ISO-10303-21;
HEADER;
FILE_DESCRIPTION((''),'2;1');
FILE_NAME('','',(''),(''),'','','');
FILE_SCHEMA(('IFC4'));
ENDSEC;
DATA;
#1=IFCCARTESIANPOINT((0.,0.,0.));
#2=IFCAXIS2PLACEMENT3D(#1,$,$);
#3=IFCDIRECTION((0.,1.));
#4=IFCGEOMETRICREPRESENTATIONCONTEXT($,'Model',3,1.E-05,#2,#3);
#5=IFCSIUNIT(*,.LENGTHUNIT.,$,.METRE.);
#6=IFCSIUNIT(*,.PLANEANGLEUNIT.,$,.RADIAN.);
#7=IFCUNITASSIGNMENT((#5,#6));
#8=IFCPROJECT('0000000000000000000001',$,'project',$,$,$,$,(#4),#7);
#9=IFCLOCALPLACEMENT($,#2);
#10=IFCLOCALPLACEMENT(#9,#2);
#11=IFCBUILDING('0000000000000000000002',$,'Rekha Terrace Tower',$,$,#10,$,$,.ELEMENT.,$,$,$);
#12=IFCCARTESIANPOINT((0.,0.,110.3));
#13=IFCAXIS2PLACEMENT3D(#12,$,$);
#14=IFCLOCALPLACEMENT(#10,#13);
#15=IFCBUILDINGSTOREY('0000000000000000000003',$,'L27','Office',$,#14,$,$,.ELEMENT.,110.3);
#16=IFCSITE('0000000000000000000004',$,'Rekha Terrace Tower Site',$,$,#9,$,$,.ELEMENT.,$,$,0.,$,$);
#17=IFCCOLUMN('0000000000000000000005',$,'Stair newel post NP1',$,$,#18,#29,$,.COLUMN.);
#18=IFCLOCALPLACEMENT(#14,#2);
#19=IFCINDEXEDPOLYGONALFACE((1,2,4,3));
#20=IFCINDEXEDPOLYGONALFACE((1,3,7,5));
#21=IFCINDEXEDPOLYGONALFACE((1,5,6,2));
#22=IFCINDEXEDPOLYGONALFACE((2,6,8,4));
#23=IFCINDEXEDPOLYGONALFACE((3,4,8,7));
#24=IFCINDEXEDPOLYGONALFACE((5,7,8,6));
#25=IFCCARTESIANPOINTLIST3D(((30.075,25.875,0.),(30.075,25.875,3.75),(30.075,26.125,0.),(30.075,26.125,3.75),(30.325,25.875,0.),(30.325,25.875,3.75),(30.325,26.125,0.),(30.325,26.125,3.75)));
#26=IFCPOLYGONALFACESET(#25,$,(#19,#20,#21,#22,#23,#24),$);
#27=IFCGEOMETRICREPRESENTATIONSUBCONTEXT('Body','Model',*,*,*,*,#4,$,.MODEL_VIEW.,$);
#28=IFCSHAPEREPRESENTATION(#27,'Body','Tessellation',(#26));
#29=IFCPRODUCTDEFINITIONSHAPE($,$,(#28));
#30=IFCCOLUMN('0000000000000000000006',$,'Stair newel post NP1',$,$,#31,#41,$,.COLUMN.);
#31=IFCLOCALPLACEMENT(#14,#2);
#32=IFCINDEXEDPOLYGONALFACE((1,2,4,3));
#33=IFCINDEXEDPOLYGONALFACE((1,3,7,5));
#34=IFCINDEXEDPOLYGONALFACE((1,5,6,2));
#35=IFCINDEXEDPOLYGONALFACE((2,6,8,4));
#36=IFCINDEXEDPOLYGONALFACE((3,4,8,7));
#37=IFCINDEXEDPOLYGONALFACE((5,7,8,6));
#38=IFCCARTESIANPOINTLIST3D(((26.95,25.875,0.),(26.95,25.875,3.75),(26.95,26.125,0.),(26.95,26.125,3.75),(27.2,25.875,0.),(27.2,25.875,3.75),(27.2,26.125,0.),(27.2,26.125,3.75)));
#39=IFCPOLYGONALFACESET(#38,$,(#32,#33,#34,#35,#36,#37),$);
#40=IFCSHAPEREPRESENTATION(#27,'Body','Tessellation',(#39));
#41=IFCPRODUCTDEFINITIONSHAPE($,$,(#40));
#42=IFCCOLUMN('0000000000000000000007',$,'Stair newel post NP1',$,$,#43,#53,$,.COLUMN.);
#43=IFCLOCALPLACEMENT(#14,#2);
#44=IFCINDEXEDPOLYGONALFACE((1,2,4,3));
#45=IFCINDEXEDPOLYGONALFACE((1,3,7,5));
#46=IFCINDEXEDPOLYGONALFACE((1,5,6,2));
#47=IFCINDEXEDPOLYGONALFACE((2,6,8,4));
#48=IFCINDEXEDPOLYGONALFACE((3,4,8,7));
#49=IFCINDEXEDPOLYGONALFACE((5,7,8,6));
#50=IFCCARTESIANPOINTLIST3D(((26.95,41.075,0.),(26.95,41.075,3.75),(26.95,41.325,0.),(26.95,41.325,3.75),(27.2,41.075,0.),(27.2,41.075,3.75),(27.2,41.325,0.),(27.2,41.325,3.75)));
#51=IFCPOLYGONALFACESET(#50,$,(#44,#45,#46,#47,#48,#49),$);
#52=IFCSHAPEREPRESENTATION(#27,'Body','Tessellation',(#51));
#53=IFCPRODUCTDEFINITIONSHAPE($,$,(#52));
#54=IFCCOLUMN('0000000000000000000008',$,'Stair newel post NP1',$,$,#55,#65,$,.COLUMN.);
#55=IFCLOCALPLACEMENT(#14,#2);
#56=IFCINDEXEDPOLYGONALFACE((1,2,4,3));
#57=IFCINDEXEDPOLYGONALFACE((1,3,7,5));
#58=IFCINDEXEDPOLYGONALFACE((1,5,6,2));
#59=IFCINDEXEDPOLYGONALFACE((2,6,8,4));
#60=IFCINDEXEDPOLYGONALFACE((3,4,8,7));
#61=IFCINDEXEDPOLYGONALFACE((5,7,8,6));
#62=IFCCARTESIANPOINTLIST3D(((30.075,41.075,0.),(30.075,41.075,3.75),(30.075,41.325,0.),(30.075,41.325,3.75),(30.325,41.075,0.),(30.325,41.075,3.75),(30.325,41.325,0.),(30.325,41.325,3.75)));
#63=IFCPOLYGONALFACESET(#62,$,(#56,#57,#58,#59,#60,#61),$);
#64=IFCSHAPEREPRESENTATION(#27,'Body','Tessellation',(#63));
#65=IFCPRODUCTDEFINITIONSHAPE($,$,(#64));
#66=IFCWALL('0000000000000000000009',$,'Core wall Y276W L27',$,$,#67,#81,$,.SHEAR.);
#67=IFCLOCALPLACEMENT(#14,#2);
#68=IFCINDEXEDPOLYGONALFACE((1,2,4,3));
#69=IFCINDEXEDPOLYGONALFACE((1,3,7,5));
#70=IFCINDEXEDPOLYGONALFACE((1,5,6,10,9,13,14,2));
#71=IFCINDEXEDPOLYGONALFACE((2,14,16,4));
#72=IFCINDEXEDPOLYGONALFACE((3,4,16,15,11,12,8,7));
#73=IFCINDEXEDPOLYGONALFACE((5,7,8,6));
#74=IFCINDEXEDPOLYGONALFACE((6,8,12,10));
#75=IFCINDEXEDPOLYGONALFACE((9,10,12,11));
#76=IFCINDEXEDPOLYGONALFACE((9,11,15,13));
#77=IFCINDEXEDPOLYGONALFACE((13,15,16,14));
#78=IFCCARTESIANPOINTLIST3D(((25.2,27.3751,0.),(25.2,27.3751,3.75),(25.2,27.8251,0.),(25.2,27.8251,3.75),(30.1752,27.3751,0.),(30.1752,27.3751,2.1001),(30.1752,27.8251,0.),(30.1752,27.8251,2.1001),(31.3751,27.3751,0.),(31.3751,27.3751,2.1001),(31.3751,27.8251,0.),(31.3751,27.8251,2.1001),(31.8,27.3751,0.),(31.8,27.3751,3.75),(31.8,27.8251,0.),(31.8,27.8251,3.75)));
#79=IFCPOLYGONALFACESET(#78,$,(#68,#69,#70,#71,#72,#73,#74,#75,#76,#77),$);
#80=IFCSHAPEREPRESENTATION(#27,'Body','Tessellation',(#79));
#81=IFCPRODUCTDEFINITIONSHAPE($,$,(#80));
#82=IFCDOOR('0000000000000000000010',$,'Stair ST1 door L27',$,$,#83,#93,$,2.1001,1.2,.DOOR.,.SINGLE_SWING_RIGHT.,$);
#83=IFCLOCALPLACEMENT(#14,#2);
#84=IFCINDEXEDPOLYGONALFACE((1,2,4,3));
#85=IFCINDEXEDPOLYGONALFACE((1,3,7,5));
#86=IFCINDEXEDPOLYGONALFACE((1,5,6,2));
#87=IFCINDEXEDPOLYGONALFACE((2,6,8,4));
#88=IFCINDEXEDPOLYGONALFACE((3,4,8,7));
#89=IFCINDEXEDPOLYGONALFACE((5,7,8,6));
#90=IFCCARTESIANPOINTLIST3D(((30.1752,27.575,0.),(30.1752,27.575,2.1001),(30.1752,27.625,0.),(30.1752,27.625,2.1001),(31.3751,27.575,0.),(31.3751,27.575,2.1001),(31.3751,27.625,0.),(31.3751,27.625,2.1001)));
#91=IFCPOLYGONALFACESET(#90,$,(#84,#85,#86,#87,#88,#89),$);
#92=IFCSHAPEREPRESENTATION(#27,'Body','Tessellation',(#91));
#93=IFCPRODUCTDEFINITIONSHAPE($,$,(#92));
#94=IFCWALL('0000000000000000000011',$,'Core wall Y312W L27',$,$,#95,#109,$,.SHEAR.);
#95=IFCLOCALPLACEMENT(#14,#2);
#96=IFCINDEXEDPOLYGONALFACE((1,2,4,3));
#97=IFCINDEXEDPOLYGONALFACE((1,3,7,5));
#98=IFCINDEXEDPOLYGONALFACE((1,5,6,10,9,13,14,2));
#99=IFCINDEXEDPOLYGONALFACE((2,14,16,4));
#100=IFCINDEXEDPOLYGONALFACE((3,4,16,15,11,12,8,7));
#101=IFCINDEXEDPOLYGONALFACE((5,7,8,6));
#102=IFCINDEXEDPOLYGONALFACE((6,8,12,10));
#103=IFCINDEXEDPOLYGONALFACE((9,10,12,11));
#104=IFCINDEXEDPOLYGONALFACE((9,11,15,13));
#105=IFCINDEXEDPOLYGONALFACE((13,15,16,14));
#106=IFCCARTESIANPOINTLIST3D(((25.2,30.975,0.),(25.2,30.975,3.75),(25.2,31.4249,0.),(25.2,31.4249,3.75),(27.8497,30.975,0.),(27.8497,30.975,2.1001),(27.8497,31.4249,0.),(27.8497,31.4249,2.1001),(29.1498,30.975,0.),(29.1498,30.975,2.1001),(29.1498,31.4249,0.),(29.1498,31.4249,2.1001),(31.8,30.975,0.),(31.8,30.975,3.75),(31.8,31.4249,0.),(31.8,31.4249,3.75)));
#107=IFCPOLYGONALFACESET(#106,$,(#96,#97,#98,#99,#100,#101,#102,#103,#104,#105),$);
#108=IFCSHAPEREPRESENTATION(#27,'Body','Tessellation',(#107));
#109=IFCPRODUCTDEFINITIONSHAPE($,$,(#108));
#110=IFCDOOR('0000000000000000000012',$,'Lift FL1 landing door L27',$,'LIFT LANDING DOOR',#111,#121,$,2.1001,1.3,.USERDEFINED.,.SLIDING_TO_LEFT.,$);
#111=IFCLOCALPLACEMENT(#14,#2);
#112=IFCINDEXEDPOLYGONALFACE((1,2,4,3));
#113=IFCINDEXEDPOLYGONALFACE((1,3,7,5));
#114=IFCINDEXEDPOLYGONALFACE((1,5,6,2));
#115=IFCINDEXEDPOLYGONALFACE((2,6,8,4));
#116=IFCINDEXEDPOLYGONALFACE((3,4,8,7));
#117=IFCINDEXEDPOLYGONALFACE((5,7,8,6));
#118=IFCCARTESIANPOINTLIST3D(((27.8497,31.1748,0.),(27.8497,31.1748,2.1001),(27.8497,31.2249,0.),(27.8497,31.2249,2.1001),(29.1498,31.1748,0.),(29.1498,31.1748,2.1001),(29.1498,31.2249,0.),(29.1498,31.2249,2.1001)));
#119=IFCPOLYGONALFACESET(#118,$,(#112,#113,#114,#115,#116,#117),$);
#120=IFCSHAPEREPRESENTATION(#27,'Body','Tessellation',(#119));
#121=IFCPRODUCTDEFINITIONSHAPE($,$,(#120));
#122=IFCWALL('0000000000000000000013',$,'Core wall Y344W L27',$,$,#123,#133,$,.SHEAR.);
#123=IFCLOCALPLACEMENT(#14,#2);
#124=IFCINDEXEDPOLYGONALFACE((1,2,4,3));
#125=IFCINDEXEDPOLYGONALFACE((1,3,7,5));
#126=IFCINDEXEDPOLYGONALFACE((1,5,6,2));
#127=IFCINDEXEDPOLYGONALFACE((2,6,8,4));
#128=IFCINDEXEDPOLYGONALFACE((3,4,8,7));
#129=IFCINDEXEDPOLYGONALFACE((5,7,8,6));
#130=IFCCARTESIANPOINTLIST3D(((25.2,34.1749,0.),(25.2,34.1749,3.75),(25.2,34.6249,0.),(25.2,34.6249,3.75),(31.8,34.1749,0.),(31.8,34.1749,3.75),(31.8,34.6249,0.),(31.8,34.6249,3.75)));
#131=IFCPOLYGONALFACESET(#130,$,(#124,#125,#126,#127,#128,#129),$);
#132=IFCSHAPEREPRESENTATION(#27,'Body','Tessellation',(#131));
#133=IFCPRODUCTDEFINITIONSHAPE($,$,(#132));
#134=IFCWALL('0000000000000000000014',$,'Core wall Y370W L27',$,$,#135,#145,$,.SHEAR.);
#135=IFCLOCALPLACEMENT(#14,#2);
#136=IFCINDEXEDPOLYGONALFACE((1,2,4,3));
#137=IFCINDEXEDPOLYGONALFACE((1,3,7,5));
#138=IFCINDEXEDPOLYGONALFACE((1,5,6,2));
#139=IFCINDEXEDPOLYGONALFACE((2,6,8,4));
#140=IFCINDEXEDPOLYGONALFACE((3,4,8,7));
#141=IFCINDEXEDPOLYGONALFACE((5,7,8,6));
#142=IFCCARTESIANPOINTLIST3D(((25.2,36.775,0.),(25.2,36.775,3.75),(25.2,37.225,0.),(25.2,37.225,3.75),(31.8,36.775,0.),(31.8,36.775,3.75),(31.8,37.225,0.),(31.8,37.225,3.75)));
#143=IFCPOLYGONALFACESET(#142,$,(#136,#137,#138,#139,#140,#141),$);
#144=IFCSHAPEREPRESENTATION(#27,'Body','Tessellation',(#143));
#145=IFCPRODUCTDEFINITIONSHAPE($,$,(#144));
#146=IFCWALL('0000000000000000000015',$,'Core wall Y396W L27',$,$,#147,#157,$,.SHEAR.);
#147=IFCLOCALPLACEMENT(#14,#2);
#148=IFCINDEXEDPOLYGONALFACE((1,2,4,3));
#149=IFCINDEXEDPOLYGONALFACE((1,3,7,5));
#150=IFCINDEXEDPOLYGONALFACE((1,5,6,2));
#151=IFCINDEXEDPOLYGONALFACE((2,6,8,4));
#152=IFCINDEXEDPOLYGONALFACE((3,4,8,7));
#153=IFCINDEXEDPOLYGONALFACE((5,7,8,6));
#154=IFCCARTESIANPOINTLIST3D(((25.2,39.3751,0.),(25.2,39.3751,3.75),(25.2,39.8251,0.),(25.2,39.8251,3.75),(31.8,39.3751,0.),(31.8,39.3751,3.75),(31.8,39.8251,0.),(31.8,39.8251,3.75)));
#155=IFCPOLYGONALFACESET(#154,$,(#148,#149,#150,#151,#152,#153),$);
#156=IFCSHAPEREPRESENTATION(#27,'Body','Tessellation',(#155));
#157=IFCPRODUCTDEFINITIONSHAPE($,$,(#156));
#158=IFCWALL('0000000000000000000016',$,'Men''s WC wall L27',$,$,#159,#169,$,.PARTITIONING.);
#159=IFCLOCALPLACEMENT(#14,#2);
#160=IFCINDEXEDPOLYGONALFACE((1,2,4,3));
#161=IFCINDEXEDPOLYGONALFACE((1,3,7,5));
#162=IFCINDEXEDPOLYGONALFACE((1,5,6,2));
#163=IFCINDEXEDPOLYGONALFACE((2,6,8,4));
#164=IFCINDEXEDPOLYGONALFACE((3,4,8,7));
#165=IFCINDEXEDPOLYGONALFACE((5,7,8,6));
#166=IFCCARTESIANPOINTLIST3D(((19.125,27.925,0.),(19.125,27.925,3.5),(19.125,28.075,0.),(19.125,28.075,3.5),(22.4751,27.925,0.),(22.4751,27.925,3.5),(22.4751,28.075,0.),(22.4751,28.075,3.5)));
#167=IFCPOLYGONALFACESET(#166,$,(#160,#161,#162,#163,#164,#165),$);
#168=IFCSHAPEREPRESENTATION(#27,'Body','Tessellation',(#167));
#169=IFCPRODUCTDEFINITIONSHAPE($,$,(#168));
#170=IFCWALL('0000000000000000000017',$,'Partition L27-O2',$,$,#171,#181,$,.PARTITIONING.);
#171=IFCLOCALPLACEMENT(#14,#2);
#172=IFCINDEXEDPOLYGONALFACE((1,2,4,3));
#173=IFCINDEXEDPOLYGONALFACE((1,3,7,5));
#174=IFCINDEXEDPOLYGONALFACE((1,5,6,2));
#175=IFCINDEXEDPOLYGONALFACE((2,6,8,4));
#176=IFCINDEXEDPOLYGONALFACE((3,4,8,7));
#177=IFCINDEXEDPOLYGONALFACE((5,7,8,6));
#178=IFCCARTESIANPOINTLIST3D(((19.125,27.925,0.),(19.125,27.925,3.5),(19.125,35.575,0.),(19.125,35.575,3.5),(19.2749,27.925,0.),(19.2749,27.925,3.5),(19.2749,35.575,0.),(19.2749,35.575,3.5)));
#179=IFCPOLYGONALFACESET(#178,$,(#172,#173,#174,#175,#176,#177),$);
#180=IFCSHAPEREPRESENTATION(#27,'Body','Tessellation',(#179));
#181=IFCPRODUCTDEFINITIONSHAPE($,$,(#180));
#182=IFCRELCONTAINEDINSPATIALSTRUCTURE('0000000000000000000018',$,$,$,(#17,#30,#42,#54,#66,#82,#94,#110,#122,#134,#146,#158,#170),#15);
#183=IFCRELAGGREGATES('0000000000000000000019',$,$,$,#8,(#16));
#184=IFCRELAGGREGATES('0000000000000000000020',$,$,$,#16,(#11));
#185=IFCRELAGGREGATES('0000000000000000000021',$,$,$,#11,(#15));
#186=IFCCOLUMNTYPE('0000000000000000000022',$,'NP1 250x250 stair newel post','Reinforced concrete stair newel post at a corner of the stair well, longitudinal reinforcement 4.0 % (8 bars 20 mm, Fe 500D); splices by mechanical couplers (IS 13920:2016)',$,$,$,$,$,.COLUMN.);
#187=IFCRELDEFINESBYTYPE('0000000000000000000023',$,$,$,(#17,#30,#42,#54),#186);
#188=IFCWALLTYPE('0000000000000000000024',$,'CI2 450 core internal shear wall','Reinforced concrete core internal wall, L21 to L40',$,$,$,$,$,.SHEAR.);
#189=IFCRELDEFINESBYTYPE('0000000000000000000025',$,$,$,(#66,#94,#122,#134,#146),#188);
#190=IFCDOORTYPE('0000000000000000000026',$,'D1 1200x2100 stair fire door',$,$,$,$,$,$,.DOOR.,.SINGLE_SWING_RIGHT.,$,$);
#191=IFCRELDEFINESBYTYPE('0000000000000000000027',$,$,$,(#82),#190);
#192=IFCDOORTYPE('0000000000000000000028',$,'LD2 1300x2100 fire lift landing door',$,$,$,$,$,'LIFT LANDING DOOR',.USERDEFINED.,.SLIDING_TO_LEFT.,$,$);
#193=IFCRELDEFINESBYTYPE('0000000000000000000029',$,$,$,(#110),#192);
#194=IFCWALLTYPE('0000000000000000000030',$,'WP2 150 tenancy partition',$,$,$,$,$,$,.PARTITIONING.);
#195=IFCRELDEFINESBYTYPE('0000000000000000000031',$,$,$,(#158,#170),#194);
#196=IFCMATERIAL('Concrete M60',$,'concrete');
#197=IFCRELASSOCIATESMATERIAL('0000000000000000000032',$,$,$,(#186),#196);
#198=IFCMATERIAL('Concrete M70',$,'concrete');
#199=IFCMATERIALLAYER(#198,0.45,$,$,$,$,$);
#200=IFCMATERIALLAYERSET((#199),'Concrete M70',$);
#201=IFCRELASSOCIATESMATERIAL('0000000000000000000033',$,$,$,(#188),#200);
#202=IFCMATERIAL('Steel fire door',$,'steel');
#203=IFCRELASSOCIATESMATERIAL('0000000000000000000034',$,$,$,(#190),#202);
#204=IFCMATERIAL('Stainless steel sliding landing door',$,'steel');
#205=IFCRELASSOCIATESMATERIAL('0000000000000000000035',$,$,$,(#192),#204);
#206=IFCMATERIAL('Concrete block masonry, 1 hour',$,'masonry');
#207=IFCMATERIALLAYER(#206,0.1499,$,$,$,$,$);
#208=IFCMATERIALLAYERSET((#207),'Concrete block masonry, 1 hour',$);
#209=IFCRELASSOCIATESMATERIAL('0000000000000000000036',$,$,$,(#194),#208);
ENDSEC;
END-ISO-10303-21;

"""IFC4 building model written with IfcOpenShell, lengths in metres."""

from ifc_helpers import new_model, si_unit, direction, frame, frame_2d, origin, origin_2d, place, context, subcontext, project, spatial, rectangle, extrude, material, layer, layer_set, material_profile, profile_set, type_object, element, fill, save


model = new_model("IFC4")

# Units and contexts
model_context = context("Model", 3, precision=1e-05, world=origin(), true_north=direction((0.0, 1.0)))
body_context = subcontext(model_context, "Body", "Model", "MODEL_VIEW")
ifc_project = project(units=[si_unit("LENGTHUNIT", "METRE"), si_unit("PLANEANGLEUNIT", "RADIAN")], contexts=[model_context])

# Site, building, storey
site_placement = place(None, origin())
site = spatial("IfcSite", under=ifc_project, at=site_placement, Name="Rekha Terrace Tower Site", CompositionType="ELEMENT", RefElevation=0.0)
building_placement = place(site_placement, origin())
building = spatial("IfcBuilding", under=site, at=building_placement, Name="Rekha Terrace Tower", CompositionType="ELEMENT")
storey_placement = place(building_placement, frame((0.0, 0.0, 110.3)))
storey = spatial("IfcBuildingStorey", under=building, at=storey_placement, Name="L27", Description="Office", CompositionType="ELEMENT", Elevation=110.3)

# Columns
ifc_material_1 = material(Name="Concrete M60", Category="concrete")
ifc_material_profile = material_profile(ifc_material_1, rectangle(XDim=0.25, YDim=0.25, at=origin_2d()), Name="RC 250x250")
ifc_profile_set = profile_set([ifc_material_profile], Name="Concrete M60")
column_type = type_object("IfcColumnType", Name="NP1 250x250 stair newel post", Description="Reinforced concrete stair newel post at a corner of the stair well, longitudinal reinforcement 4.0 % (8 bars 20 mm, Fe 500D); splices by mechanical couplers (IS 13920:2016)", PredefinedType="COLUMN", material=ifc_profile_set)
for number, where, z_axis, x_axis, name in (
    (1, (30.2, 26.0, 0.0), (0.0, 0.0, 1.0), (1.0, 0.0, 0.0), "Stair newel post NP1"),
    (2, (27.075, 26.0, 0.0), (0.0, 0.0, 1.0), (1.0, 0.0, 0.0), "Stair newel post NP1"),
    (3, (27.075, 41.2, 0.0), (0.0, 0.0, 1.0), (1.0, 0.0, 0.0), "Stair newel post NP1"),
    (4, (30.2, 41.2, 0.0), (0.0, 0.0, 1.0), (1.0, 0.0, 0.0), "Stair newel post NP1"),
):
    element("IfcColumn", number, at=place(storey_placement, frame(where, z_axis=z_axis, x_axis=x_axis)), inside=storey, type_object=column_type, Name=name, PredefinedType="COLUMN", context=body_context, shape_type="SweptSolid", body=[
        extrude(rectangle(XDim=0.25, YDim=0.25, at=origin_2d()), origin(), (0.0, 0.0, 1.0), 3.75),
    ])

# Walls, openings, doors
ifc_material_2 = material(Name="Concrete M70", Category="concrete")
ifc_layer_1 = layer(ifc_material_2, 0.45)
ifc_layer_set_1 = layer_set([ifc_layer_1], Name="Concrete M70")
wall_type_1 = type_object("IfcWallType", Name="CI2 450 core internal shear wall", Description="Reinforced concrete core internal wall, L21 to L40", PredefinedType="SHEAR", material=ifc_layer_set_1)
wall_1_placement = place(storey_placement, frame((25.2, 27.6001, 0.0), z_axis=(0.0, 0.0, 1.0), x_axis=(1.0, 0.0, 0.0)))
wall_1 = element("IfcWall", 5, at=wall_1_placement, inside=storey, type_object=wall_type_1, Name="Core wall Y276W L27", PredefinedType="SHEAR", context=body_context, shape_type="SweptSolid", body=[
    extrude(rectangle(XDim=6.6001, YDim=0.45, at=frame_2d((3.3, 0.0))), origin(), (0.0, 0.0, 1.0), 3.75),
])
opening_1_placement = place(wall_1_placement, frame((4.9751, 0.0, 0.0)))
opening_1 = element("IfcOpeningElement", 6, at=opening_1_placement, cuts=wall_1, PredefinedType="OPENING", context=body_context, shape_type="SweptSolid", body=[
    extrude(rectangle(XDim=1.2, YDim=2.1001, at=frame_2d((0.6001, 1.05))), frame((0.0, 0.2349, 0.0), z_axis=(0.0, -1.0, 0.0), x_axis=(1.0, 0.0, 0.0)), (0.0, 0.0, 1.0), 0.47),
])
ifc_material_3 = material(Name="Steel fire door", Category="steel")
door_type_1 = type_object("IfcDoorType", Name="D1 1200x2100 stair fire door", OperationType="SINGLE_SWING_RIGHT", PredefinedType="DOOR", material=ifc_material_3)
door_1_placement = place(opening_1_placement, origin())
door_1 = element("IfcDoor", 7, at=door_1_placement, inside=storey, type_object=door_type_1, Name="Stair ST1 door L27", OperationType="SINGLE_SWING_RIGHT", OverallHeight=2.1001, OverallWidth=1.2, PredefinedType="DOOR", context=body_context, shape_type="SweptSolid", body=[
    extrude(rectangle(XDim=1.2, YDim=2.1001, at=frame_2d((0.6001, 1.05))), frame((0.0, 0.0249, 0.0), z_axis=(0.0, -1.0, 0.0), x_axis=(1.0, 0.0, 0.0)), (0.0, 0.0, 1.0), 0.05),
])
fill(opening_1, door_1)
wall_2_placement = place(storey_placement, frame((25.2, 31.2, 0.0), z_axis=(0.0, 0.0, 1.0), x_axis=(1.0, 0.0, 0.0)))
wall_2 = element("IfcWall", 8, at=wall_2_placement, inside=storey, type_object=wall_type_1, Name="Core wall Y312W L27", PredefinedType="SHEAR", context=body_context, shape_type="SweptSolid", body=[
    extrude(rectangle(XDim=6.6001, YDim=0.45, at=frame_2d((3.3, 0.0))), origin(), (0.0, 0.0, 1.0), 3.75),
])
opening_2_placement = place(wall_2_placement, frame((2.6499, 0.0, 0.0)))
opening_2 = element("IfcOpeningElement", 9, at=opening_2_placement, cuts=wall_2, PredefinedType="OPENING", context=body_context, shape_type="SweptSolid", body=[
    extrude(rectangle(XDim=1.3, YDim=2.1001, at=frame_2d((0.6499, 1.05))), frame((0.0, 0.2349, 0.0), z_axis=(0.0, -1.0, 0.0), x_axis=(1.0, 0.0, 0.0)), (0.0, 0.0, 1.0), 0.47),
])
ifc_material_4 = material(Name="Stainless steel sliding landing door", Category="steel")
door_type_2 = type_object("IfcDoorType", Name="LD2 1300x2100 fire lift landing door", ElementType="LIFT LANDING DOOR", OperationType="SLIDING_TO_LEFT", PredefinedType="USERDEFINED", material=ifc_material_4)
door_2_placement = place(opening_2_placement, origin())
door_2 = element("IfcDoor", 10, at=door_2_placement, inside=storey, type_object=door_type_2, Name="Lift FL1 landing door L27", ObjectType="LIFT LANDING DOOR", OperationType="SLIDING_TO_LEFT", OverallHeight=2.1001, OverallWidth=1.3, PredefinedType="USERDEFINED", context=body_context, shape_type="SweptSolid", body=[
    extrude(rectangle(XDim=1.3, YDim=2.1001, at=frame_2d((0.6499, 1.05))), frame((0.0, 0.0249, 0.0), z_axis=(0.0, -1.0, 0.0), x_axis=(1.0, 0.0, 0.0)), (0.0, 0.0, 1.0), 0.05),
])
fill(opening_2, door_2)

# Walls
for number, where, z_axis, x_axis, name in (
    (11, (25.2, 34.3999, 0.0), (0.0, 0.0, 1.0), (1.0, 0.0, 0.0), "Core wall Y344W L27"),
    (12, (25.2, 37.0, 0.0), (0.0, 0.0, 1.0), (1.0, 0.0, 0.0), "Core wall Y370W L27"),
    (13, (25.2, 39.6001, 0.0), (0.0, 0.0, 1.0), (1.0, 0.0, 0.0), "Core wall Y396W L27"),
):
    element("IfcWall", number, at=place(storey_placement, frame(where, z_axis=z_axis, x_axis=x_axis)), inside=storey, type_object=wall_type_1, Name=name, PredefinedType="SHEAR", context=body_context, shape_type="SweptSolid", body=[
        extrude(rectangle(XDim=6.6001, YDim=0.45, at=frame_2d((3.3, 0.0))), origin(), (0.0, 0.0, 1.0), 3.75),
    ])
ifc_material_5 = material(Name="Concrete block masonry, 1 hour", Category="masonry")
ifc_layer_2 = layer(ifc_material_5, 0.1499)
ifc_layer_set_2 = layer_set([ifc_layer_2], Name="Concrete block masonry, 1 hour")
wall_type_2 = type_object("IfcWallType", Name="WP2 150 tenancy partition", PredefinedType="PARTITIONING", material=ifc_layer_set_2)
wall_3_placement = place(storey_placement, frame((19.125, 28.0, 0.0), z_axis=(0.0, 0.0, 1.0), x_axis=(1.0, 0.0, 0.0)))
element("IfcWall", 14, at=wall_3_placement, inside=storey, type_object=wall_type_2, Name="Men's WC wall L27", PredefinedType="PARTITIONING", context=body_context, shape_type="SweptSolid", body=[
    extrude(rectangle(XDim=3.3501, YDim=0.1499, at=frame_2d((1.675, 0.0))), origin(), (0.0, 0.0, 1.0), 3.5),
])
wall_4_placement = place(storey_placement, frame((19.2, 35.575, 0.0), z_axis=(0.0, 0.0, 1.0), x_axis=(0.0, -1.0, 0.0)))
element("IfcWall", 15, at=wall_4_placement, inside=storey, type_object=wall_type_2, Name="Partition L27-O2", PredefinedType="PARTITIONING", context=body_context, shape_type="SweptSolid", body=[
    extrude(rectangle(XDim=7.6499, YDim=0.1499, at=frame_2d((3.825, 0.0))), origin(), (0.0, 0.0, 1.0), 3.5),
])

save(model, "model.ifc")
